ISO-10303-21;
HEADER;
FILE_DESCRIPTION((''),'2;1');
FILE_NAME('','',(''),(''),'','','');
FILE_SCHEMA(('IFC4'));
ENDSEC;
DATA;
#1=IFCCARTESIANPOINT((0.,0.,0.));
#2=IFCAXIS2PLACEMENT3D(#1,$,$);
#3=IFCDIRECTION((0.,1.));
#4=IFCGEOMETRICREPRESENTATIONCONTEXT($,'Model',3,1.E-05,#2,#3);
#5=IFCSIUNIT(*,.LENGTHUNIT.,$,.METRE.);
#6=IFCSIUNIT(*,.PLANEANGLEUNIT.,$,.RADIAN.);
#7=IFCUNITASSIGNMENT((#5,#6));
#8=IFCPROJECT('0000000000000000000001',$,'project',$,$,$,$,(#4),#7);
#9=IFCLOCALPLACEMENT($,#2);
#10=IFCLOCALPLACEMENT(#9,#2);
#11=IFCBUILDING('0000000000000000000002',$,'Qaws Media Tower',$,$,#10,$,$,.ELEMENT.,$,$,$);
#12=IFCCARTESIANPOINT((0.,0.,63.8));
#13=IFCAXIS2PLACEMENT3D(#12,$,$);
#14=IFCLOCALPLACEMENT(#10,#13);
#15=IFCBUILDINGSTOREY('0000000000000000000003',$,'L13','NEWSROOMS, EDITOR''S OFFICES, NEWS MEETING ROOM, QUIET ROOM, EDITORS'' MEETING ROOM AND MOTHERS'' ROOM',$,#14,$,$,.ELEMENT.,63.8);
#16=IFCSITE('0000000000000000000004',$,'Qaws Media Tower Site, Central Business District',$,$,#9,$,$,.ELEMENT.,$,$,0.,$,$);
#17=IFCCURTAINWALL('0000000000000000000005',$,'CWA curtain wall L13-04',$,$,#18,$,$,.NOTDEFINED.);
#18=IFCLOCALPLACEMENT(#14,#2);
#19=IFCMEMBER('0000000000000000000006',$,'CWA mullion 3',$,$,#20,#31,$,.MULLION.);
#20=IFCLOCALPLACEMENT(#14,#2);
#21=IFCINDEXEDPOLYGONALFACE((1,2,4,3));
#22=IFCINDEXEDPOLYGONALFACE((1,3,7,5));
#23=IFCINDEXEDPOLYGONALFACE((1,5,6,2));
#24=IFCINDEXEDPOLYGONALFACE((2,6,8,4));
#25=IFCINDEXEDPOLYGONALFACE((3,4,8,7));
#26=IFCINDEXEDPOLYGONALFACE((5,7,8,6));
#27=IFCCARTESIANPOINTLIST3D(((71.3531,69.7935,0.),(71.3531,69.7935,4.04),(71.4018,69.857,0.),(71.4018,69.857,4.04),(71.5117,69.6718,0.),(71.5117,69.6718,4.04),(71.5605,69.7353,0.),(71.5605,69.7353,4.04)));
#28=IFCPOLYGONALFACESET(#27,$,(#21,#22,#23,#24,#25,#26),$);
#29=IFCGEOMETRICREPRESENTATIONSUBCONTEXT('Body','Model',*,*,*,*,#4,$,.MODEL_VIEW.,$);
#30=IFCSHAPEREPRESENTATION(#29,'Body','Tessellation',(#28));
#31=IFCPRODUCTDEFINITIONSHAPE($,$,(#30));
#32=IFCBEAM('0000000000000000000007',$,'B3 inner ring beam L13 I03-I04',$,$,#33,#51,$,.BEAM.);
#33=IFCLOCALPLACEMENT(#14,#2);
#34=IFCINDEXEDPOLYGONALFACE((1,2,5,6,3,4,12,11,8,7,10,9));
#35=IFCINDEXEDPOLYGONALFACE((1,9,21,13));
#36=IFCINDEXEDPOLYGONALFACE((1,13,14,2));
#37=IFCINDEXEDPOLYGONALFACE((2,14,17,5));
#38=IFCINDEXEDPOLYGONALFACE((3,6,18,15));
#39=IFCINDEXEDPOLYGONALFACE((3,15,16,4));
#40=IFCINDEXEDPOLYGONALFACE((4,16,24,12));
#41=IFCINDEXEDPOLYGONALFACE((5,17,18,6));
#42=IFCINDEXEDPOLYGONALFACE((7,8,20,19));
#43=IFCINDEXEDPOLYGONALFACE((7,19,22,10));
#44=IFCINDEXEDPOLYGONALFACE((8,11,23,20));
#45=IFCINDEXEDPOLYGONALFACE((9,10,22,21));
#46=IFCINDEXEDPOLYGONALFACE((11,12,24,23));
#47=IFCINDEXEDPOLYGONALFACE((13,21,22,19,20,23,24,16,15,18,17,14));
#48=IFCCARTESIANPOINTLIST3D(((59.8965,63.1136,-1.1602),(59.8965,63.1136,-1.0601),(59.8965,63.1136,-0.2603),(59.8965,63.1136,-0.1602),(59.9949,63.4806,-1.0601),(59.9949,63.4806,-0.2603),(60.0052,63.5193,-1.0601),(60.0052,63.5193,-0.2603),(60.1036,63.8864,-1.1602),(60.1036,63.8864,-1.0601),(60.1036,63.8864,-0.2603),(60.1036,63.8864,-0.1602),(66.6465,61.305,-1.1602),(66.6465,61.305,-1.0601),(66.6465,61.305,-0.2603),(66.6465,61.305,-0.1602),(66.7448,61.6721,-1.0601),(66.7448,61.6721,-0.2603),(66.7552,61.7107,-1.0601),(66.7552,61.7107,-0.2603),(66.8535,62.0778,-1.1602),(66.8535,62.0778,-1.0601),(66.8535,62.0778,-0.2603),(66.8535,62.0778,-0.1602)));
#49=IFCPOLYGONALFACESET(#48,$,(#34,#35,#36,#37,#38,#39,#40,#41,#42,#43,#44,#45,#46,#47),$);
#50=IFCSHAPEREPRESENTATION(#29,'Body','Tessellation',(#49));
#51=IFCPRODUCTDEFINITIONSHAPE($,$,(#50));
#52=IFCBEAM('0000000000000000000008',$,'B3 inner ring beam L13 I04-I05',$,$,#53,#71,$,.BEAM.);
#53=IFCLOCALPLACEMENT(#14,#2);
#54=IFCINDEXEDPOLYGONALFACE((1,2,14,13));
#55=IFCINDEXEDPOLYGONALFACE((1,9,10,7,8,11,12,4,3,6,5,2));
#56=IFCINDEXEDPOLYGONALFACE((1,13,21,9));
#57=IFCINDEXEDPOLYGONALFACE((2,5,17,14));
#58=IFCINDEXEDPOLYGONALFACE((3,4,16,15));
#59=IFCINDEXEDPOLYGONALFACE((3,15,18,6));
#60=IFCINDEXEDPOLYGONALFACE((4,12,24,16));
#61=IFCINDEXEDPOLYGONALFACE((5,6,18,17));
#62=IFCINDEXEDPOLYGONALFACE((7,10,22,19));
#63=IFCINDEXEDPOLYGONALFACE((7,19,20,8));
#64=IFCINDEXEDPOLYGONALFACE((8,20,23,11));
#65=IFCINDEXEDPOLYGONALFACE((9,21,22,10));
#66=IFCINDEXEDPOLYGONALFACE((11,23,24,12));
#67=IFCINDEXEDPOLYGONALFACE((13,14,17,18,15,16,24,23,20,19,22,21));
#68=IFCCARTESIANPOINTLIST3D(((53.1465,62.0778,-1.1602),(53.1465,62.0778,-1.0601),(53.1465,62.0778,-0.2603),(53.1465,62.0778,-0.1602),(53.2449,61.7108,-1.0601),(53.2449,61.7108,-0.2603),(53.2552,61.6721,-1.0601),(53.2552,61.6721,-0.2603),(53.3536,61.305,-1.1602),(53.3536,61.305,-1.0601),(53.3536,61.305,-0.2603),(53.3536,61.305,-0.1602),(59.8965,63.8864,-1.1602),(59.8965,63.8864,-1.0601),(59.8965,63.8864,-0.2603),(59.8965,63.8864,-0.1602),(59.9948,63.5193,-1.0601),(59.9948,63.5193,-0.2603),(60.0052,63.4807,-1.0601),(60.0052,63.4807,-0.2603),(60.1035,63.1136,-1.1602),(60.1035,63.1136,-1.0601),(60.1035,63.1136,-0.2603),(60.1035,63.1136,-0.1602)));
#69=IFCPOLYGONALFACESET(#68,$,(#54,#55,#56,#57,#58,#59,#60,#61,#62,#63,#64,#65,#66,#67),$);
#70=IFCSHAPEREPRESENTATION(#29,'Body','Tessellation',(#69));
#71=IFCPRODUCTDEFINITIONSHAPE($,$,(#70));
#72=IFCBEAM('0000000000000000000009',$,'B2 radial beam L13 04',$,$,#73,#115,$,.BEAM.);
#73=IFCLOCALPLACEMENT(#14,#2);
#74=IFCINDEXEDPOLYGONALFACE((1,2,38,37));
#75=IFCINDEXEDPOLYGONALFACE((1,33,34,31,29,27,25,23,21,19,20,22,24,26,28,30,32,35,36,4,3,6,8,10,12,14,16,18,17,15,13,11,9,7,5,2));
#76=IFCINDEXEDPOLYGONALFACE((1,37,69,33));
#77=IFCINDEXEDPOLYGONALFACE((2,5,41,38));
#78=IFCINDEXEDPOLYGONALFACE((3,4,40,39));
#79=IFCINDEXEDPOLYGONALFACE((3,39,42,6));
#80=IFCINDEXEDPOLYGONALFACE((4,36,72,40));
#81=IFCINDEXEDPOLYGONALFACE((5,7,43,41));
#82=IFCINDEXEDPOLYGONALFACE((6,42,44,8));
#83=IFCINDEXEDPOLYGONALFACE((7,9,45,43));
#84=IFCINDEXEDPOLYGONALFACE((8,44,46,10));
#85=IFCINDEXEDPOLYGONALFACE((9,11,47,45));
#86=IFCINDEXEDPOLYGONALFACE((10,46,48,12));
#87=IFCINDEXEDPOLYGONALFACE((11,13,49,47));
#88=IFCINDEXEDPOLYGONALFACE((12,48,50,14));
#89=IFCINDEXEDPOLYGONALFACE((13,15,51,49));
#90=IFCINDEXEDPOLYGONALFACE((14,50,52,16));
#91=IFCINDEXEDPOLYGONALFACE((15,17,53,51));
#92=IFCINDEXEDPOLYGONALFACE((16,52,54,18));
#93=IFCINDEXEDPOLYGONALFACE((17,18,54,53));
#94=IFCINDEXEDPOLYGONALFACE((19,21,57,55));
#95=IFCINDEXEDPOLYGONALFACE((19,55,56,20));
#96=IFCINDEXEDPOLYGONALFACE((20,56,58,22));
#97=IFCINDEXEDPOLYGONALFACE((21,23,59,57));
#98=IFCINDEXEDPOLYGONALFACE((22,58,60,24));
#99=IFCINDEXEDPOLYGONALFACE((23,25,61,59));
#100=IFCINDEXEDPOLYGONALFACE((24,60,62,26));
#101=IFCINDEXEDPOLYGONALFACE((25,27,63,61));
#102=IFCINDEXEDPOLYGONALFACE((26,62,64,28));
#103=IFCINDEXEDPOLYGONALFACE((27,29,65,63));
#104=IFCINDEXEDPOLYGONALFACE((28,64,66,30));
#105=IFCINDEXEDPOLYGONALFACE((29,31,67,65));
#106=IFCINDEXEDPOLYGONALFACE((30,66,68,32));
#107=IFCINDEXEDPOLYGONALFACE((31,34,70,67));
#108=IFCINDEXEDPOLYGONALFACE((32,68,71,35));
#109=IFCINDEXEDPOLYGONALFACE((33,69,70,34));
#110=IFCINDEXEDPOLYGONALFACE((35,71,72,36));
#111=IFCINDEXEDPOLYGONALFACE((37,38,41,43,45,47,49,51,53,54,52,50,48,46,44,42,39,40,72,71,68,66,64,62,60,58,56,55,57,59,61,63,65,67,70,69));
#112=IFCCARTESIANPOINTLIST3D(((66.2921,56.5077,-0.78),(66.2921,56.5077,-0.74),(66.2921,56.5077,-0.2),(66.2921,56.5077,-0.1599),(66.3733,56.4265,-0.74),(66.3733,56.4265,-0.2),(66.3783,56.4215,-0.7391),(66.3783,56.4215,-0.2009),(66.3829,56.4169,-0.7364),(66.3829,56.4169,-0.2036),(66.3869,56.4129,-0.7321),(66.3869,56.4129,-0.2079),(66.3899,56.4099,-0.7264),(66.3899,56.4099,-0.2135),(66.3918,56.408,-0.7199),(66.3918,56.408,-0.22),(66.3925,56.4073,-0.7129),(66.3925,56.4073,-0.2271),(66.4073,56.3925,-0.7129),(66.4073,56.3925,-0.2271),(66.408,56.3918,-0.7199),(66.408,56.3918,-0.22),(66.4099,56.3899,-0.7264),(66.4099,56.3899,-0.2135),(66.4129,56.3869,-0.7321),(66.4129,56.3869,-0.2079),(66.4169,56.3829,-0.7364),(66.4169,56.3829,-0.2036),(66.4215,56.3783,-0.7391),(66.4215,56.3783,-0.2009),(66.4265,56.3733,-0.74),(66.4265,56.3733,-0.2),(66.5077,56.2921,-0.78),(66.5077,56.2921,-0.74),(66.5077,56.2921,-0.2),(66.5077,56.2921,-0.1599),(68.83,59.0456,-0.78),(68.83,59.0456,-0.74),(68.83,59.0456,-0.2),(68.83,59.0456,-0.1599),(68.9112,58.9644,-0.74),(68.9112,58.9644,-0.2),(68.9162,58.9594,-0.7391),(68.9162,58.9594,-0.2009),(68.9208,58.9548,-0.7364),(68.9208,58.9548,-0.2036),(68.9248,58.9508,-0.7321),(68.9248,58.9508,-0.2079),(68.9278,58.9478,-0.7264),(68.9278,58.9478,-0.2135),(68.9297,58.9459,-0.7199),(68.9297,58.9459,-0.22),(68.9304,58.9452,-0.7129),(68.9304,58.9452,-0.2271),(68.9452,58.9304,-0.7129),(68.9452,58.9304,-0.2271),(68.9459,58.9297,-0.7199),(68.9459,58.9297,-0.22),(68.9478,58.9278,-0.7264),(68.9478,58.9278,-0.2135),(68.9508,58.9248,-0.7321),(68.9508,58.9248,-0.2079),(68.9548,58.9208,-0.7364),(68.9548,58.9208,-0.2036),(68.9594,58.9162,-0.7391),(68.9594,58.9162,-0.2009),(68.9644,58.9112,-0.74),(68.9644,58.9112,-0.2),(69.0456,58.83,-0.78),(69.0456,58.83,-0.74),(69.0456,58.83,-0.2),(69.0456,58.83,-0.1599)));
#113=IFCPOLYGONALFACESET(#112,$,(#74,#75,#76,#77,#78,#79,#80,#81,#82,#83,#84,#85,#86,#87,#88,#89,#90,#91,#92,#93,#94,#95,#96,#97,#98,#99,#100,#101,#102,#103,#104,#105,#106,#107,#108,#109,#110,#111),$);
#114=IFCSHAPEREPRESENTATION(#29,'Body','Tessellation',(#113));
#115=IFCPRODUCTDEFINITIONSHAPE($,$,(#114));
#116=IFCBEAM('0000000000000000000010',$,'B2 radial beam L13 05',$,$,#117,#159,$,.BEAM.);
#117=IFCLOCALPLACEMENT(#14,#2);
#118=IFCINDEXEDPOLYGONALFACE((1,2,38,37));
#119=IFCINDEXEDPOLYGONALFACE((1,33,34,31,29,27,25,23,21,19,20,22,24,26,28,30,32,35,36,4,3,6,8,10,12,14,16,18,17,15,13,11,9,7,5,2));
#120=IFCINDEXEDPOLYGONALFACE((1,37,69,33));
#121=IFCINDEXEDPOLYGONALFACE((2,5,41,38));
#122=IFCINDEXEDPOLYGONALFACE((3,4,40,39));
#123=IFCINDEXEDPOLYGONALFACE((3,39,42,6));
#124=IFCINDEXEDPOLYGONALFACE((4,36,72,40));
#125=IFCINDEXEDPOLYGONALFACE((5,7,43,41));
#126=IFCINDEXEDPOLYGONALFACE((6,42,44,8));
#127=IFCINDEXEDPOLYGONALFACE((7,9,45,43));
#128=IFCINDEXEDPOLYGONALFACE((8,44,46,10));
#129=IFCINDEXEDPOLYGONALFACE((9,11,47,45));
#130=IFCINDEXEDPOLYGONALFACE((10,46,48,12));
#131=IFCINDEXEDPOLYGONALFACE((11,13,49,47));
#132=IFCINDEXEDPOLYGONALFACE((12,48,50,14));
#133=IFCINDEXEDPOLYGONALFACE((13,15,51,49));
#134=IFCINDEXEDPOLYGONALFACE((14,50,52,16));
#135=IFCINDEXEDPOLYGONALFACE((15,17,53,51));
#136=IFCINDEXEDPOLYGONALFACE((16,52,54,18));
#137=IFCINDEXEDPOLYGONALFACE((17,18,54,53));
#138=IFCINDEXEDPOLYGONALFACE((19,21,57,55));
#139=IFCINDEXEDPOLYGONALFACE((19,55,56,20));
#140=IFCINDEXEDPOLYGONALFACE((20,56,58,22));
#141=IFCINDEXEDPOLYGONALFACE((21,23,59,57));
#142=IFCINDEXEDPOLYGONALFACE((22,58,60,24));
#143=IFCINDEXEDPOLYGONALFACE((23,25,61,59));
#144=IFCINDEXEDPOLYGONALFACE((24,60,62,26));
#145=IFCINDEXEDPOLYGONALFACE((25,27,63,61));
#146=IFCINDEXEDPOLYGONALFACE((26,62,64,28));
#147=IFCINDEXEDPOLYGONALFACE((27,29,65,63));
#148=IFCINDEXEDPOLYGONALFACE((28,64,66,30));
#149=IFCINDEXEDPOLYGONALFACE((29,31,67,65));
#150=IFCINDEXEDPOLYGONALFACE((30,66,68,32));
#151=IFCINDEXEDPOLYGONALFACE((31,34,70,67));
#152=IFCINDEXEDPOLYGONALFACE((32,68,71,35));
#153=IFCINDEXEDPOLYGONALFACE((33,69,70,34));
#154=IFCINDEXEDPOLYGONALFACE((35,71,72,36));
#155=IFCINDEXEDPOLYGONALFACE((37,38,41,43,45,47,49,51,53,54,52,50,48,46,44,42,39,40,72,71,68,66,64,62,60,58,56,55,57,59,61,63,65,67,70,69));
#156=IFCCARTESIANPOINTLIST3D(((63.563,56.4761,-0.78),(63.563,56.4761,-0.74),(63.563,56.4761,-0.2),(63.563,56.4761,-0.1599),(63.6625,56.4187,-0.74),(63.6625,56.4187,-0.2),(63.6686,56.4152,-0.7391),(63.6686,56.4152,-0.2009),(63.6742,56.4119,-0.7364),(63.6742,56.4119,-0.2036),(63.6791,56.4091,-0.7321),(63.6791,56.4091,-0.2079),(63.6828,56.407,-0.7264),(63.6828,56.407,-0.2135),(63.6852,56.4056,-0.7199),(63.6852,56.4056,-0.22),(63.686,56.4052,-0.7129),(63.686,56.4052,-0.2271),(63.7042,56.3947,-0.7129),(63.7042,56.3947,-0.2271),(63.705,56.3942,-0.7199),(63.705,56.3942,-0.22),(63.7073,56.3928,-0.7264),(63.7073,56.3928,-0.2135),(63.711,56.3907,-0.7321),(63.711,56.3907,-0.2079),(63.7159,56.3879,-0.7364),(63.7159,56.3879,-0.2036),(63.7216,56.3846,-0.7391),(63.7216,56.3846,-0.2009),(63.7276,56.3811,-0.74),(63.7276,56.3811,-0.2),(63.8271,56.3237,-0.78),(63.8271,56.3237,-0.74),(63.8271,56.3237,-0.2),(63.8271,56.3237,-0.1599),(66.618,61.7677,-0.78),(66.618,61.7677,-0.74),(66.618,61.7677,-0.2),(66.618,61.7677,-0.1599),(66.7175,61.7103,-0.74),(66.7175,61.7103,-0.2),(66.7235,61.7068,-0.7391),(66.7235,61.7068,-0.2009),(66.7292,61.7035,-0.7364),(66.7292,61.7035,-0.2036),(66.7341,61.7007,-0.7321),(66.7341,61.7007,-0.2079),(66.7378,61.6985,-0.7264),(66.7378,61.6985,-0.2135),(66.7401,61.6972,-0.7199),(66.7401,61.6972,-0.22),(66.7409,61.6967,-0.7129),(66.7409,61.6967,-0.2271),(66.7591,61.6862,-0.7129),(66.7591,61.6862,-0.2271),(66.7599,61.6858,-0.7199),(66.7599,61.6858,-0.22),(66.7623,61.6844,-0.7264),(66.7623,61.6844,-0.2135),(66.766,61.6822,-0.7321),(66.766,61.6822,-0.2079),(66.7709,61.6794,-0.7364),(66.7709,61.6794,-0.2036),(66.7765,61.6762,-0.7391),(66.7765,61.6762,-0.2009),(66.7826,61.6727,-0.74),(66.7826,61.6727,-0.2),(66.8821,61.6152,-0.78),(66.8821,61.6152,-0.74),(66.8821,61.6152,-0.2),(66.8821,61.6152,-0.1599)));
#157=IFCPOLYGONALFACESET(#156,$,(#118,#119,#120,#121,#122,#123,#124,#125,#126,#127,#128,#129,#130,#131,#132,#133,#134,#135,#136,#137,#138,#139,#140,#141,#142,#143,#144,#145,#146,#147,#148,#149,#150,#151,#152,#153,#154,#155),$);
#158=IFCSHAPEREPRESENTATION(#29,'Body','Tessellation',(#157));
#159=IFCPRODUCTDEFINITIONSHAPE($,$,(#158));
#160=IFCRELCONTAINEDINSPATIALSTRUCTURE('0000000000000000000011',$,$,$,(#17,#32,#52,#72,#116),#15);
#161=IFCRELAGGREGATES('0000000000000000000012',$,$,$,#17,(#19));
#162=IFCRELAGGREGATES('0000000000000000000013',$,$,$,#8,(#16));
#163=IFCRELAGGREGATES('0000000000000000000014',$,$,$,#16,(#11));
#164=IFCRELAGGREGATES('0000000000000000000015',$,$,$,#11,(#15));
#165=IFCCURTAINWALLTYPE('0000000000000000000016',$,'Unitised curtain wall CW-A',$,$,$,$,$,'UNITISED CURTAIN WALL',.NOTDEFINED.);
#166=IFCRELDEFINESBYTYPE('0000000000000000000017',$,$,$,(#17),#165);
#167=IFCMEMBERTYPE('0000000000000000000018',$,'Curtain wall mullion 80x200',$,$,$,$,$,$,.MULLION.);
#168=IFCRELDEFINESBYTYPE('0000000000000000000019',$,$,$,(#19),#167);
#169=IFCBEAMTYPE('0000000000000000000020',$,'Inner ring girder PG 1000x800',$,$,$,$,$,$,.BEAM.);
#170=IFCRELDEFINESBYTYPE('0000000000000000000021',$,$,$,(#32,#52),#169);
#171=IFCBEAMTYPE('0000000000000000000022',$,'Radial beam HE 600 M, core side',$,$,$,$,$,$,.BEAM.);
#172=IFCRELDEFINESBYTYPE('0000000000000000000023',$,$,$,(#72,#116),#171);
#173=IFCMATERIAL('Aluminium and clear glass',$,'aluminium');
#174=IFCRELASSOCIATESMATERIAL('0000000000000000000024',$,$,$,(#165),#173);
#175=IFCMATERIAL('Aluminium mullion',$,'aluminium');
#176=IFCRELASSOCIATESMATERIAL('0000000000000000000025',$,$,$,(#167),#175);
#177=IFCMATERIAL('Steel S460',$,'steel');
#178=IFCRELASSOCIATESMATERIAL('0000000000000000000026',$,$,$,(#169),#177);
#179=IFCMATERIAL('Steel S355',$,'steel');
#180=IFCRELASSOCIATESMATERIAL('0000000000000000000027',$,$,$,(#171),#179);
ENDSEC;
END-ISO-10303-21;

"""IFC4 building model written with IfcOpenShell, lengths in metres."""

from ifc_helpers import new_model, si_unit, direction, frame, origin, origin_2d, place, context, subcontext, project, spatial, rectangle, i_section, extrude, material, material_profile, profile_set, type_object, element, aggregate, save


model = new_model("IFC4")

# Units and contexts
model_context = context("Model", 3, precision=1e-05, world=origin(), true_north=direction((0.0, 1.0)))
body_context = subcontext(model_context, "Body", "Model", "MODEL_VIEW")
ifc_project = project(units=[si_unit("LENGTHUNIT", "METRE"), si_unit("PLANEANGLEUNIT", "RADIAN")], contexts=[model_context])

# Site, building, storey
site_placement = place(None, origin())
site = spatial("IfcSite", under=ifc_project, at=site_placement, Name="Qaws Media Tower Site, Central Business District", CompositionType="ELEMENT", RefElevation=0.0)
building_placement = place(site_placement, origin())
building = spatial("IfcBuilding", under=site, at=building_placement, Name="Qaws Media Tower", CompositionType="ELEMENT")
storey_placement = place(building_placement, frame((0.0, 0.0, 63.8)))
storey = spatial("IfcBuildingStorey", under=building, at=storey_placement, Name="L13", Description="NEWSROOMS, EDITOR'S OFFICES, NEWS MEETING ROOM, QUIET ROOM, EDITORS' MEETING ROOM AND MOTHERS' ROOM", CompositionType="ELEMENT", Elevation=63.8)

# Curtain wall, member
ifc_material_1 = material(Name="Aluminium and clear glass", Category="aluminium")
curtain_wall_type = type_object("IfcCurtainWallType", Name="Unitised curtain wall CW-A", ElementType="UNITISED CURTAIN WALL", PredefinedType="NOTDEFINED", material=ifc_material_1)
curtain_wall_placement = place(storey_placement, origin())
curtain_wall = element("IfcCurtainWall", 1, at=curtain_wall_placement, inside=storey, type_object=curtain_wall_type, Name="CWA curtain wall L13-04", PredefinedType="NOTDEFINED")
ifc_material_2 = material(Name="Aluminium mullion", Category="aluminium")
ifc_material_profile_1 = material_profile(ifc_material_2, rectangle(XDim=0.0801, YDim=0.2, at=origin_2d()), Name="80x200")
ifc_profile_set_1 = profile_set([ifc_material_profile_1], Name="Aluminium mullion")
member_type = type_object("IfcMemberType", Name="Curtain wall mullion 80x200", PredefinedType="MULLION", material=ifc_profile_set_1)
member_placement = place(storey_placement, frame((71.4568, 69.7644, 0.0), z_axis=(0.0, 0.0, 1.0), x_axis=(-0.608761, -0.793353, 0.0)))
member = element("IfcMember", 2, at=member_placement, type_object=member_type, Name="CWA mullion 3", PredefinedType="MULLION", context=body_context, shape_type="SweptSolid", body=[
    extrude(rectangle(XDim=0.0801, YDim=0.2, at=origin_2d()), origin(), (0.0, 0.0, 1.0), 4.04),
])
aggregate(curtain_wall, [member])

# Beams
ifc_material_3 = material(Name="Steel S460", Category="steel")
ifc_material_profile_2 = material_profile(ifc_material_3, i_section(OverallWidth=0.8, OverallDepth=1.0, WebThickness=0.04, FlangeThickness=0.1001, at=origin_2d()), Name="PG 1000x800")
ifc_profile_set_2 = profile_set([ifc_material_profile_2], Name="Steel S460")
beam_type_1 = type_object("IfcBeamType", Name="Inner ring girder PG 1000x800", PredefinedType="BEAM", material=ifc_profile_set_2)
for number, where, z_axis, x_axis, name in (
    (3, (66.75, 61.6914, -0.6602), (-0.965928, 0.258811, 0.0), (-0.258811, -0.965928, 0.0), "B3 inner ring beam L13 I03-I04"),
    (4, (60.0, 63.5, -0.6602), (-0.965928, -0.258811, 0.0), (0.258811, -0.965928, 0.0), "B3 inner ring beam L13 I04-I05"),
):
    element("IfcBeam", number, at=place(storey_placement, frame(where, z_axis=z_axis, x_axis=x_axis)), inside=storey, type_object=beam_type_1, Name=name, PredefinedType="BEAM", context=body_context, shape_type="SweptSolid", body=[
        extrude(i_section(OverallWidth=0.8, OverallDepth=1.0, WebThickness=0.04, FlangeThickness=0.1001, at=origin_2d()), origin(), (0.0, 0.0, 1.0), 6.988),
    ])
ifc_material_4 = material(Name="Steel S355", Category="steel")
ifc_material_profile_3 = material_profile(ifc_material_4, i_section(OverallWidth=0.3049, OverallDepth=0.6201, WebThickness=0.021, FlangeThickness=0.04, FilletRadius=0.0271, at=origin_2d()), Name="HE 600 M")
ifc_profile_set_3 = profile_set([ifc_material_profile_3], Name="Steel S355")
beam_type_2 = type_object("IfcBeamType", Name="Radial beam HE 600 M, core side", PredefinedType="BEAM", material=ifc_profile_set_3)
beam_1_placement = place(storey_placement, frame((66.3999, 56.3999, -0.47), z_axis=(0.707107, 0.707107, 0.0), x_axis=(-0.707107, 0.707107, 0.0)))
element("IfcBeam", 5, at=beam_1_placement, inside=storey, type_object=beam_type_2, Name="B2 radial beam L13 04", PredefinedType="BEAM", context=body_context, shape_type="SweptSolid", body=[
    extrude(i_section(OverallWidth=0.3049, OverallDepth=0.6201, WebThickness=0.021, FlangeThickness=0.04, FilletRadius=0.0271, at=origin_2d()), origin(), (0.0, 0.0, 1.0), 3.5891),
])
beam_2_placement = place(storey_placement, frame((63.6951, 56.3999, -0.47), z_axis=(0.499985, 0.866034, 0.0), x_axis=(-0.866034, 0.499985, 0.0)))
element("IfcBeam", 6, at=beam_2_placement, inside=storey, type_object=beam_type_2, Name="B2 radial beam L13 05", PredefinedType="BEAM", context=body_context, shape_type="SweptSolid", body=[
    extrude(i_section(OverallWidth=0.3049, OverallDepth=0.6201, WebThickness=0.021, FlangeThickness=0.04, FilletRadius=0.0271, at=origin_2d()), origin(), (0.0, 0.0, 1.0), 6.1101),
])

save(model, "model.ifc")
